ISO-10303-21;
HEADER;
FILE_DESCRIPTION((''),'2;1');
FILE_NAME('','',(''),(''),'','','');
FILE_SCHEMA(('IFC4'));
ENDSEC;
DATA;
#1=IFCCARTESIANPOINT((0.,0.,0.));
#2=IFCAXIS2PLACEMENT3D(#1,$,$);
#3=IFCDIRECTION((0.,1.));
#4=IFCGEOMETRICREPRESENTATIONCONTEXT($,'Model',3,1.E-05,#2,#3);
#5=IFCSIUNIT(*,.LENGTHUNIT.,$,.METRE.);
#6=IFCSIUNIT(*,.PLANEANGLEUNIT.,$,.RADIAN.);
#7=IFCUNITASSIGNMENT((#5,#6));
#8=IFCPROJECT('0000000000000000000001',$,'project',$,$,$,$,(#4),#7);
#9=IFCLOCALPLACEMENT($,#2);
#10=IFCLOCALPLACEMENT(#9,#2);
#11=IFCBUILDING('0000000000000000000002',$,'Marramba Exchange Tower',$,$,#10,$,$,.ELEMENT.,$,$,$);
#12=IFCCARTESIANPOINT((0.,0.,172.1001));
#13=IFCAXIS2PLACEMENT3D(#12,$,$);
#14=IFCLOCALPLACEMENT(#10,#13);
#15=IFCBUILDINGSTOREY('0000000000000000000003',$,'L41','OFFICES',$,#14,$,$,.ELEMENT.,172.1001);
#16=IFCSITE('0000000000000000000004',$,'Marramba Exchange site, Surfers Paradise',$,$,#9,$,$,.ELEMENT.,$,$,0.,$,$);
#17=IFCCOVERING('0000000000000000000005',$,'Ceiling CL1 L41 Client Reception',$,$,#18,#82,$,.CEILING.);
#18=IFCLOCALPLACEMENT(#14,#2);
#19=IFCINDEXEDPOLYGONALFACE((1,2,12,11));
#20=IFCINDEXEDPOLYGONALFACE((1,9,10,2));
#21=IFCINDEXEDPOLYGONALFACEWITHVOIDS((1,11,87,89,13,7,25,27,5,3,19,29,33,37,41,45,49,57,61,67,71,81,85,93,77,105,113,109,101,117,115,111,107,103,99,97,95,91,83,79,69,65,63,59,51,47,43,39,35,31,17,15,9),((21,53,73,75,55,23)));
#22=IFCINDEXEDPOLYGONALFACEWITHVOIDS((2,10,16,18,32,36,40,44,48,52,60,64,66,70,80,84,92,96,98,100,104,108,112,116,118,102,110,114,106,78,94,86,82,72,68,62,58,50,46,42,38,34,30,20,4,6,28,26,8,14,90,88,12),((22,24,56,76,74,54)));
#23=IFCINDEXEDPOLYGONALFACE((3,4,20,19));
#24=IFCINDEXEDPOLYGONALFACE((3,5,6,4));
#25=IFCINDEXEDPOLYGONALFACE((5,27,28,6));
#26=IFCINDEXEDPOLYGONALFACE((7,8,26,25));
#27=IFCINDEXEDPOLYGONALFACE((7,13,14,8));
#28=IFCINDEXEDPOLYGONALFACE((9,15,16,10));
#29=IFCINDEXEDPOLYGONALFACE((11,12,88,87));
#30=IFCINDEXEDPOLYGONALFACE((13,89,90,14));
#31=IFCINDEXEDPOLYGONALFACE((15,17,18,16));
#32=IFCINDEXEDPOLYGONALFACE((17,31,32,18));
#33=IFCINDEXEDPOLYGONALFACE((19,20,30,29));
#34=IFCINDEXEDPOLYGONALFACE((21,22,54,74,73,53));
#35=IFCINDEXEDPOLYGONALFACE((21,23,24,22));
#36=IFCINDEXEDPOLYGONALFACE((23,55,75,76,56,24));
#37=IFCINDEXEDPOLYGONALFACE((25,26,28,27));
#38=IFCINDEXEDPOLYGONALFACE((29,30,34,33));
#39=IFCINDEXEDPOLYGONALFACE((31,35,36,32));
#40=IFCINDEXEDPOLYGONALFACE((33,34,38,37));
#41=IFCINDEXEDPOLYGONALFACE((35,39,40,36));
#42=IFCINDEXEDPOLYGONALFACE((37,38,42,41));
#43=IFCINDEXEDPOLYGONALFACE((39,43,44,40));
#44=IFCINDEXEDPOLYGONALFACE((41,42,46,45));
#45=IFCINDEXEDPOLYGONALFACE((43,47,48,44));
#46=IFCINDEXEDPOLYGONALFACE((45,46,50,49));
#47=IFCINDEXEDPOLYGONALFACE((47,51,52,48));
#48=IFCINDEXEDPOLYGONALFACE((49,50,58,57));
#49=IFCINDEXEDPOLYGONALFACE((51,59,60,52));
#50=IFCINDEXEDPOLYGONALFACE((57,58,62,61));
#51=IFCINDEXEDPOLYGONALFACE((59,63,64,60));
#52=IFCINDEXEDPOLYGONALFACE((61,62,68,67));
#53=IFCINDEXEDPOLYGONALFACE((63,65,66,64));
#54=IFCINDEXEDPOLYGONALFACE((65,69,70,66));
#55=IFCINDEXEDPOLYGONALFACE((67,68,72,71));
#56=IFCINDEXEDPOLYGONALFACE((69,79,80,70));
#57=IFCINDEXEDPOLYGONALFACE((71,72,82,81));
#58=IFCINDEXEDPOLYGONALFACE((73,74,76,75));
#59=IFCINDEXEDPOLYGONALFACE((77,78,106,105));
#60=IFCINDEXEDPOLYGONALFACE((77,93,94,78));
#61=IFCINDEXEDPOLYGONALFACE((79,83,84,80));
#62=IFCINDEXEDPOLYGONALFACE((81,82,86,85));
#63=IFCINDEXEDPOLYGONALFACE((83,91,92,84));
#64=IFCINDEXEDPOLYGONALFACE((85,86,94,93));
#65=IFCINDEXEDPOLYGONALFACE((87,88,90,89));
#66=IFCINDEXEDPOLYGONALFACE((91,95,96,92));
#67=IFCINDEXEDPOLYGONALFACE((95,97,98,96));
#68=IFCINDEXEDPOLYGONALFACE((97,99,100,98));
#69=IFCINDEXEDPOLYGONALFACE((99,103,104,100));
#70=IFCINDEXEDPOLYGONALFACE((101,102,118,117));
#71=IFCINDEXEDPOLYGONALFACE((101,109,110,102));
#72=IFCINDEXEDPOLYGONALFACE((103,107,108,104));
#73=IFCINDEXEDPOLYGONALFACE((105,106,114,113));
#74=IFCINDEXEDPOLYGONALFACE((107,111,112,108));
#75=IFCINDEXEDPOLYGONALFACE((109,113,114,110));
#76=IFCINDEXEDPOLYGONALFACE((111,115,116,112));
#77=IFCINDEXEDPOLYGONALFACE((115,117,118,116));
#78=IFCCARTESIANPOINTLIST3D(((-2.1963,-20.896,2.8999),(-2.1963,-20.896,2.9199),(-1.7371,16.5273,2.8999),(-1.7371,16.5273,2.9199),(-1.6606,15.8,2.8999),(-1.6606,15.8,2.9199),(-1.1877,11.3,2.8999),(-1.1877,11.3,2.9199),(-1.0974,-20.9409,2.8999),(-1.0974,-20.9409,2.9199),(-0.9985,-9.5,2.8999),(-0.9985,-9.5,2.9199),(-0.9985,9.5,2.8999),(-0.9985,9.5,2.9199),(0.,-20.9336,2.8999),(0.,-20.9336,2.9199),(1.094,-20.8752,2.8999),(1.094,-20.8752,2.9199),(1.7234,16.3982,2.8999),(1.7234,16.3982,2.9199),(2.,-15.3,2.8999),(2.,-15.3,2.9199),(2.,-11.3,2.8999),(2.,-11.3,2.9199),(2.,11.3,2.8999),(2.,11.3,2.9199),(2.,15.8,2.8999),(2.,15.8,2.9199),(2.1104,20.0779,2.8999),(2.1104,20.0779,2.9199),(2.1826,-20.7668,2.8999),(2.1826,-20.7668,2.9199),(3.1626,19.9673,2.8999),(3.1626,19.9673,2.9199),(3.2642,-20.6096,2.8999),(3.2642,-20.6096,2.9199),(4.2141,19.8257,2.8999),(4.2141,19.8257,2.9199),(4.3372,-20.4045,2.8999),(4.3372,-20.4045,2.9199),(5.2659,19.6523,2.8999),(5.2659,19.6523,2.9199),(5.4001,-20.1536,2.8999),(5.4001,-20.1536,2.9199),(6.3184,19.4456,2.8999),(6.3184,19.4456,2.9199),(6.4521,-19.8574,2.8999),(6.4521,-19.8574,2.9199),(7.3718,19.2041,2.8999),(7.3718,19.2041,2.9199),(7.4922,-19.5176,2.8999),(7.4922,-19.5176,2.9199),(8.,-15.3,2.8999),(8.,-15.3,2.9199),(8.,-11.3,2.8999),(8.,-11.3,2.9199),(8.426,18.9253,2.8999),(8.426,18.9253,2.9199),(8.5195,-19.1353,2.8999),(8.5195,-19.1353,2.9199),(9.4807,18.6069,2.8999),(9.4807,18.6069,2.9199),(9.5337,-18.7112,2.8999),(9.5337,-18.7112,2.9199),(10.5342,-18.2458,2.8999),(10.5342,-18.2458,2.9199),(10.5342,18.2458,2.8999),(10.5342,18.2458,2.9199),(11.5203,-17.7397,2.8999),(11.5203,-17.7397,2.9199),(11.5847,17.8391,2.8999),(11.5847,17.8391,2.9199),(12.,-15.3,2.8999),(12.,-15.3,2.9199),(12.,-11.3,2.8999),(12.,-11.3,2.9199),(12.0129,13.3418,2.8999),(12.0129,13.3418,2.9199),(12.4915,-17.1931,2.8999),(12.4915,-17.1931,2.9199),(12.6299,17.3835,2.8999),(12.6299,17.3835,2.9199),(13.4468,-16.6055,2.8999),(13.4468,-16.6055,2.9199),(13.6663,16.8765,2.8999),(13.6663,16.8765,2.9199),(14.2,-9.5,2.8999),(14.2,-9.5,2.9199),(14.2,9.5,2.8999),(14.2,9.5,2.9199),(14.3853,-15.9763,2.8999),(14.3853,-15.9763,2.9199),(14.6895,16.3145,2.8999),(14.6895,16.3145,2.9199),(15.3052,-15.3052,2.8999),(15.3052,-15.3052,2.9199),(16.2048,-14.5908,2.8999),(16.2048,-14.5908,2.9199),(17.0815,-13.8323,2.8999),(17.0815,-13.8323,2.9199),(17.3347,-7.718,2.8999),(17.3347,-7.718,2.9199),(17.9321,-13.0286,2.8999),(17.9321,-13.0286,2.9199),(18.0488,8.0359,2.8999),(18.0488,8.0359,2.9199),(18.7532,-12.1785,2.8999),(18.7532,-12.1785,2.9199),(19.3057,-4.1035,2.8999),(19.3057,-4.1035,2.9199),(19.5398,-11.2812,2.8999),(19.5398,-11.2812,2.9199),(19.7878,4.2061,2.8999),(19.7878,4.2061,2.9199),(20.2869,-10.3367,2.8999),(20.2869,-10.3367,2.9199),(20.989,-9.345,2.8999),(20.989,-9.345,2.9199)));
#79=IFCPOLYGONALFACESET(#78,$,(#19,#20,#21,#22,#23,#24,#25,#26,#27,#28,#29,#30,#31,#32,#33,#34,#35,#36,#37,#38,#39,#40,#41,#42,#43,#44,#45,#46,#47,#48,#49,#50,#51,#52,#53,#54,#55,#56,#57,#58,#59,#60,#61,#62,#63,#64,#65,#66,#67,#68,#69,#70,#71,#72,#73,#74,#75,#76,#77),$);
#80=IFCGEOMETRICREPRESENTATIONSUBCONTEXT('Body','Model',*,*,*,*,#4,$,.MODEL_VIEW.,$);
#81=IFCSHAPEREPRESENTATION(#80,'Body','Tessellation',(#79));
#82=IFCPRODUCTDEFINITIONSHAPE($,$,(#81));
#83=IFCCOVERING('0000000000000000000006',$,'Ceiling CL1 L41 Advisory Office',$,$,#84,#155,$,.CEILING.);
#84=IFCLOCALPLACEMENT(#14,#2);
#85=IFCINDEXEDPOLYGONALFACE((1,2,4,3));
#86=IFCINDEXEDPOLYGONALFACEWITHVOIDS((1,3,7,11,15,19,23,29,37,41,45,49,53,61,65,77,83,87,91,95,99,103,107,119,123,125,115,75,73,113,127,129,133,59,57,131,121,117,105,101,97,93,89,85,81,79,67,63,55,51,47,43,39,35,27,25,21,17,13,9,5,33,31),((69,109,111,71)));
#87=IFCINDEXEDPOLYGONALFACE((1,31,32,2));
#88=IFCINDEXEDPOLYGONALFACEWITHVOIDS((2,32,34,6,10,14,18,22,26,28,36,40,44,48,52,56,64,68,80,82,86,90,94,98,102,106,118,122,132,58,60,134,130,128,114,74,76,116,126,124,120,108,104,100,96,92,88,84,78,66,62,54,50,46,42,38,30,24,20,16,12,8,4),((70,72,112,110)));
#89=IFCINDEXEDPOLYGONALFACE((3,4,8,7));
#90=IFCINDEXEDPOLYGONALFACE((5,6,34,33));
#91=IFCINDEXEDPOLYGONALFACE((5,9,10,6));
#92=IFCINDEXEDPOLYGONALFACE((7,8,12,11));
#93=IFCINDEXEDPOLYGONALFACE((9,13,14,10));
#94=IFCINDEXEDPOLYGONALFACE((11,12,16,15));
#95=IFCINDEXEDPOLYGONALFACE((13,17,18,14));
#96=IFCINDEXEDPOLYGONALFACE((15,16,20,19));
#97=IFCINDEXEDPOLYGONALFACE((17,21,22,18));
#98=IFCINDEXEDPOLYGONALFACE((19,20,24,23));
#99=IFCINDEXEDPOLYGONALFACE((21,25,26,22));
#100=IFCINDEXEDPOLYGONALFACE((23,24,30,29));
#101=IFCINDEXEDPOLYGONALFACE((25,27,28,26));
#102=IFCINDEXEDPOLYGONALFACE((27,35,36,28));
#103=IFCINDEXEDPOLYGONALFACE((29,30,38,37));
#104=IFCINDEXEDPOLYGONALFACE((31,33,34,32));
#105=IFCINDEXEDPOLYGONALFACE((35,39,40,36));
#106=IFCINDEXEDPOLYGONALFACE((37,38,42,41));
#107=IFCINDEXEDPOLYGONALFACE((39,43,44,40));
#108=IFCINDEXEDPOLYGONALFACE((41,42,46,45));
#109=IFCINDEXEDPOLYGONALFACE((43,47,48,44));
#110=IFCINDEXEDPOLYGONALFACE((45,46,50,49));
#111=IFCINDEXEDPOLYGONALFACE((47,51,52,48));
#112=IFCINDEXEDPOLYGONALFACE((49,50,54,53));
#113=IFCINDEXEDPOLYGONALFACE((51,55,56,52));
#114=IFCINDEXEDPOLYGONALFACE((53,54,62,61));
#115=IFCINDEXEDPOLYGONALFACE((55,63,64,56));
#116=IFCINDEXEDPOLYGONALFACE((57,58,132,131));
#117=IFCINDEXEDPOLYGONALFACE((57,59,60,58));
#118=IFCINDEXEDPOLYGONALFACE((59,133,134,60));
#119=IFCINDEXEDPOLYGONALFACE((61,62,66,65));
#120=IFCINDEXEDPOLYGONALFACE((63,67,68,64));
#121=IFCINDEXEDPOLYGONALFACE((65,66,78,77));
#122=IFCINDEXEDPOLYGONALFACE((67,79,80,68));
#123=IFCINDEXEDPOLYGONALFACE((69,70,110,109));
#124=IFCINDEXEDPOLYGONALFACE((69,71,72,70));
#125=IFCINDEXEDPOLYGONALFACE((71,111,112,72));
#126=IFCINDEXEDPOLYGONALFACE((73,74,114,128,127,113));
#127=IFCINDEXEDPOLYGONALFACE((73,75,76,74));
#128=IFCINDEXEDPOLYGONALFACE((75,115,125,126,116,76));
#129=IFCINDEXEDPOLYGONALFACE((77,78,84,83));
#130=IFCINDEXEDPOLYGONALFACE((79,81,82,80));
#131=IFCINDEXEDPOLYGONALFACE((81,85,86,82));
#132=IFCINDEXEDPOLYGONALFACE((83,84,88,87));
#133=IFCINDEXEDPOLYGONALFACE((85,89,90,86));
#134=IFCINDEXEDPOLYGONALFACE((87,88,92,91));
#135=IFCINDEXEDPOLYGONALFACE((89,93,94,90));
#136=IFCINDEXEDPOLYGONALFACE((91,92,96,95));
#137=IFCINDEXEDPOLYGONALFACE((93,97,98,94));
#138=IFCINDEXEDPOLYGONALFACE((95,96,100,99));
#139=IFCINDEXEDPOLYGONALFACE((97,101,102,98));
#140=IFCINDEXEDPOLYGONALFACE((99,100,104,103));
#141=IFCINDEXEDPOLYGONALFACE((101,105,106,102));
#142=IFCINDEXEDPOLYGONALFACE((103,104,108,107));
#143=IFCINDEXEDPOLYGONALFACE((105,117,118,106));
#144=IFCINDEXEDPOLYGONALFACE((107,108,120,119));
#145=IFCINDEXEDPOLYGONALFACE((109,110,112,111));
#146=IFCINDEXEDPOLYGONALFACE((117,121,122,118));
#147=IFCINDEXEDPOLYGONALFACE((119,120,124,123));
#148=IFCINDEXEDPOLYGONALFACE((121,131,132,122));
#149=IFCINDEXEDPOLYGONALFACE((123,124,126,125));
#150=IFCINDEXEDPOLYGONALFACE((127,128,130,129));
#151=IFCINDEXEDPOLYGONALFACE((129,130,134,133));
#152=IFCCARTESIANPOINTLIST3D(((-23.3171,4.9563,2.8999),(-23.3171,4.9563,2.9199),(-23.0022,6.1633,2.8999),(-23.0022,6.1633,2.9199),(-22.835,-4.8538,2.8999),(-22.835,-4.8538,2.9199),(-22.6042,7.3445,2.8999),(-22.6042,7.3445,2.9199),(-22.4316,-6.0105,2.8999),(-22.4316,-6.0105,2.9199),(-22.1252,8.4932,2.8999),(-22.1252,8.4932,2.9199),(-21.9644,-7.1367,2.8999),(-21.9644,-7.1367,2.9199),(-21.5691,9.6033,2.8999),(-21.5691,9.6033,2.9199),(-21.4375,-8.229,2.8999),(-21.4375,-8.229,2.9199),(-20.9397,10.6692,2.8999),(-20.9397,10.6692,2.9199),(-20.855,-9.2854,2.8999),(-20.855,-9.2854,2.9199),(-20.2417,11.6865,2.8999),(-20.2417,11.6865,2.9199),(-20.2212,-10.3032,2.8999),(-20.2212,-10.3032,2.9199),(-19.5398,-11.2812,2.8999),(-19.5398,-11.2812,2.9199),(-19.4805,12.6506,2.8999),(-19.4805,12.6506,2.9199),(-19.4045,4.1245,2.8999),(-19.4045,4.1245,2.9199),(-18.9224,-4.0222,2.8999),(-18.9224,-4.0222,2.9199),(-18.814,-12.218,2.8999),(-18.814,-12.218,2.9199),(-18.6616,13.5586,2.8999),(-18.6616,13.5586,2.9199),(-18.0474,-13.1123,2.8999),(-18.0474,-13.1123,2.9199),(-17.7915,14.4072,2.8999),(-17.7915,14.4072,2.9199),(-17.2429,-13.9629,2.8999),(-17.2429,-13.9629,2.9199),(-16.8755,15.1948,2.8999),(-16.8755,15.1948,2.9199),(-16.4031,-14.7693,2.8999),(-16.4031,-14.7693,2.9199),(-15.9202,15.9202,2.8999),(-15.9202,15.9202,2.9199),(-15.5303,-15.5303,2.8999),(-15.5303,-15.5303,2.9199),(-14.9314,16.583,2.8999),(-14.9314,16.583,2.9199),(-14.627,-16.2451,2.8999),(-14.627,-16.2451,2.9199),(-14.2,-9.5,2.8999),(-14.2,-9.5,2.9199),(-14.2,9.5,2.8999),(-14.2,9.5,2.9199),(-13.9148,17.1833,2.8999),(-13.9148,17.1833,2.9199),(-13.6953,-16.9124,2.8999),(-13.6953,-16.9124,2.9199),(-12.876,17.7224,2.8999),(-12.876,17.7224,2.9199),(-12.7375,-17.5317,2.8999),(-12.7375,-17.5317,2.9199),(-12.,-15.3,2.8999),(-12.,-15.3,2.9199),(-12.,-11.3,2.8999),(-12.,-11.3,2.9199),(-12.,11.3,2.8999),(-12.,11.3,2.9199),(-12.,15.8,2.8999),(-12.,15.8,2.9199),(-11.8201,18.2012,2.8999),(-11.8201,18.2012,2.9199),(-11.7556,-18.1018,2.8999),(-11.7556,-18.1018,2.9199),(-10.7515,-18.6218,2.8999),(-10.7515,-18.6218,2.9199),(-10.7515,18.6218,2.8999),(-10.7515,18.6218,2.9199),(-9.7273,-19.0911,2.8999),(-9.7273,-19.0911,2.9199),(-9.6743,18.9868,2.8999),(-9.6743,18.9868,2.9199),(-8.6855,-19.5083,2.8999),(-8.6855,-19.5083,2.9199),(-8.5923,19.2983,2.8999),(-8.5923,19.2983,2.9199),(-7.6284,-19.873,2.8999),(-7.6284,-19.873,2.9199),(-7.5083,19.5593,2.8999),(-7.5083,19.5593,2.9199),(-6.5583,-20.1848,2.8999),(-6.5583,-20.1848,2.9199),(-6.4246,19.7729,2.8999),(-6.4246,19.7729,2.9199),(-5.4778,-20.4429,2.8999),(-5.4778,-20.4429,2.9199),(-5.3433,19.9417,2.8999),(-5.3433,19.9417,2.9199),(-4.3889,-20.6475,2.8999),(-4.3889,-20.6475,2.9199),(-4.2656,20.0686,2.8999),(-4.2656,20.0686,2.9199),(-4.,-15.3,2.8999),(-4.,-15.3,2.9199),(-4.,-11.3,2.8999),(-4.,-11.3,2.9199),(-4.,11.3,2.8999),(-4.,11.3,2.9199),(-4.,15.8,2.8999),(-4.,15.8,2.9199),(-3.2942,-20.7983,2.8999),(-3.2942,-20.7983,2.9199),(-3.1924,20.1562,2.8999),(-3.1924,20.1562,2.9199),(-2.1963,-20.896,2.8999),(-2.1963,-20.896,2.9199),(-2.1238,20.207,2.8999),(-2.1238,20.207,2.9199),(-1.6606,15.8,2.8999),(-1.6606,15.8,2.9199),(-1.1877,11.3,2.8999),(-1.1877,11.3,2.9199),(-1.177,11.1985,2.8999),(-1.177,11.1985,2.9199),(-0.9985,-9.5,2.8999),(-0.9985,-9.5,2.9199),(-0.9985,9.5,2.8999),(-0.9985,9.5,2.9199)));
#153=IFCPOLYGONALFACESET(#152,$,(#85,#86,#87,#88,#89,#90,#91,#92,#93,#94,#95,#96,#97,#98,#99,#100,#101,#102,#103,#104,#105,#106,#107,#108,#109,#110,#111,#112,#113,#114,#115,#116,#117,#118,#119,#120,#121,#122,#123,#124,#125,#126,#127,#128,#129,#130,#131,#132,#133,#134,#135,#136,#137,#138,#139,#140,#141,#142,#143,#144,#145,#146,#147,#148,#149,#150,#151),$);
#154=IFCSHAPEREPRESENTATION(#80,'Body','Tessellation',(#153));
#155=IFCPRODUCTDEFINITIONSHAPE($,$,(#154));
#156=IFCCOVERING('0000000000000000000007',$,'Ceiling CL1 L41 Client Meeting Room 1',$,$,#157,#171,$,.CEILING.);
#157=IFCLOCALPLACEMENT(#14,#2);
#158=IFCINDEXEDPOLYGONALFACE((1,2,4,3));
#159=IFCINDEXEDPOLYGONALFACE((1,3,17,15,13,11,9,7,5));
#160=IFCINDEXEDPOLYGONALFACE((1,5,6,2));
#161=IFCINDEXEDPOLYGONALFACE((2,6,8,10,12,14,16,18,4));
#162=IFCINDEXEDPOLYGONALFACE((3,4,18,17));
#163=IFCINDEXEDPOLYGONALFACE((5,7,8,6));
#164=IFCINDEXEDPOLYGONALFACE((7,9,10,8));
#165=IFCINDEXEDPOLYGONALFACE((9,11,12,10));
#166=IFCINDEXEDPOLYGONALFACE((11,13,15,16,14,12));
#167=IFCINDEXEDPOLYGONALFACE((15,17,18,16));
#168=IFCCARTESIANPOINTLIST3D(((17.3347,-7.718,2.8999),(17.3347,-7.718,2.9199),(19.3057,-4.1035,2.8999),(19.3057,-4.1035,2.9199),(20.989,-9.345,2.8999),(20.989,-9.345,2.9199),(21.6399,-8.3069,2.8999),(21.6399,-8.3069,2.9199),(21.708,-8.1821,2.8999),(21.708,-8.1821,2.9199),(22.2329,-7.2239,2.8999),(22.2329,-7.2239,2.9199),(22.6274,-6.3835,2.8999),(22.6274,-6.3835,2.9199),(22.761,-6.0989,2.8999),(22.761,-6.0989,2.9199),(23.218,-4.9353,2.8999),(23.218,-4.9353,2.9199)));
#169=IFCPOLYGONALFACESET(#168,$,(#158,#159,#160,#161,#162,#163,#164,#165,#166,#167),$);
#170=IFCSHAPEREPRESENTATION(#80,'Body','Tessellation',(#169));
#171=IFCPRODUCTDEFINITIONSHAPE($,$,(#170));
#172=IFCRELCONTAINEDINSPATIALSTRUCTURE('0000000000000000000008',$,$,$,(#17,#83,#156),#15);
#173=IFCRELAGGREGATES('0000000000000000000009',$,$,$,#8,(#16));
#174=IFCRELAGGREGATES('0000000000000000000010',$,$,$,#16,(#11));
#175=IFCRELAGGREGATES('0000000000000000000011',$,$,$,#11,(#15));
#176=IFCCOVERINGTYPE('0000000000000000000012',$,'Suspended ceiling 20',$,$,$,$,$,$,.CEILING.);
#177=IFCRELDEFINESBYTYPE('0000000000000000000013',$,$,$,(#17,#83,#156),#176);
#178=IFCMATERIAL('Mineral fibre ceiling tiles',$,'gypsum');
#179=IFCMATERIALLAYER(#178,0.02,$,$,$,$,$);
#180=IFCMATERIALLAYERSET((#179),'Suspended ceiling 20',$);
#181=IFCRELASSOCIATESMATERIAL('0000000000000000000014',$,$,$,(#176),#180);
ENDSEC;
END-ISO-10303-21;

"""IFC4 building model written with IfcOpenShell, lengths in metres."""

from ifc_helpers import new_model, si_unit, direction, frame, origin, place, context, subcontext, project, spatial, polyline, outline, extrude, material, layer, layer_set, type_object, element, save


model = new_model("IFC4")

# Units and contexts
model_context = context("Model", 3, precision=1e-05, world=origin(), true_north=direction((0.0, 1.0)))
body_context = subcontext(model_context, "Body", "Model", "MODEL_VIEW")
ifc_project = project(units=[si_unit("LENGTHUNIT", "METRE"), si_unit("PLANEANGLEUNIT", "RADIAN")], contexts=[model_context])

# Site, building, storey
site_placement = place(None, origin())
site = spatial("IfcSite", under=ifc_project, at=site_placement, Name="Marramba Exchange site, Surfers Paradise", CompositionType="ELEMENT", RefElevation=0.0)
building_placement = place(site_placement, origin())
building = spatial("IfcBuilding", under=site, at=building_placement, Name="Marramba Exchange Tower", CompositionType="ELEMENT")
storey_placement = place(building_placement, frame((0.0, 0.0, 172.1001)))
storey = spatial("IfcBuildingStorey", under=building, at=storey_placement, Name="L41", Description="OFFICES", CompositionType="ELEMENT", Elevation=172.1001)

# Coverings
ifc_material_1 = material(Name="Mineral fibre ceiling tiles", Category="gypsum")
ifc_layer_1 = layer(ifc_material_1, 0.02)
ifc_layer_set_1 = layer_set([ifc_layer_1], Name="Suspended ceiling 20")
covering_type = type_object("IfcCoveringType", Name="Suspended ceiling 20", PredefinedType="CEILING", material=ifc_layer_set_1)
covering_1_placement = place(storey_placement, frame((0.0, 0.0, 2.8999)))
element("IfcCovering", 1, at=covering_1_placement, inside=storey, type_object=covering_type, Name="Ceiling CL1 L41 Client Reception", PredefinedType="CEILING", context=body_context, shape_type="SweptSolid", body=[
    extrude(outline(polyline([(14.2, 9.5), (-0.9985, 9.5), (-1.1877, 11.3), (2.0, 11.3), (2.0, 15.8), (-1.6606, 15.8), (-1.7371, 16.5273), (1.7234, 16.3982), (2.1104, 20.0779), (3.1626, 19.9673), (4.2141, 19.8257), (5.2659, 19.6523), (6.3184, 19.4456), (7.3718, 19.2041), (8.426, 18.9253), (9.4807, 18.6069), (10.5342, 18.2458), (11.5847, 17.8391), (12.6299, 17.3835), (13.6663, 16.8765), (14.6895, 16.3145), (12.0129, 13.3418), (18.0488, 8.0359), (19.7878, 4.2061), (19.3057, -4.1035), (17.3347, -7.718), (20.989, -9.345), (20.2869, -10.3367), (19.5398, -11.2812), (18.7532, -12.1785), (17.9321, -13.0286), (17.0815, -13.8323), (16.2048, -14.5908), (15.3052, -15.3052), (14.3853, -15.9763), (13.4468, -16.6055), (12.4915, -17.1931), (11.5203, -17.7397), (10.5342, -18.2458), (9.5337, -18.7112), (8.5195, -19.1353), (7.4922, -19.5176), (6.4521, -19.8574), (5.4001, -20.1536), (4.3372, -20.4045), (3.2642, -20.6096), (2.1826, -20.7668), (1.094, -20.8752), (0.0, -20.9336), (-1.0974, -20.9409), (-2.1963, -20.896), (-0.9985, -9.5), (14.2, -9.5), (14.2, 9.5)]), holes=[polyline([(2.0, -11.3), (2.0, -15.3), (8.0, -15.3), (12.0, -15.3), (12.0, -11.3), (8.0, -11.3), (2.0, -11.3)])]), origin(), (0.0, 0.0, 1.0), 0.02),
])
covering_2_placement = place(storey_placement, frame((0.0, 0.0, 2.8999)))
element("IfcCovering", 2, at=covering_2_placement, inside=storey, type_object=covering_type, Name="Ceiling CL1 L41 Advisory Office", PredefinedType="CEILING", context=body_context, shape_type="SweptSolid", body=[
    extrude(outline(polyline([(-14.2, 9.5), (-14.2, -9.5), (-0.9985, -9.5), (-2.1963, -20.896), (-3.2942, -20.7983), (-4.3889, -20.6475), (-5.4778, -20.4429), (-6.5583, -20.1848), (-7.6284, -19.873), (-8.6855, -19.5083), (-9.7273, -19.0911), (-10.7515, -18.6218), (-11.7556, -18.1018), (-12.7375, -17.5317), (-13.6953, -16.9124), (-14.627, -16.2451), (-15.5303, -15.5303), (-16.4031, -14.7693), (-17.2429, -13.9629), (-18.0474, -13.1123), (-18.814, -12.218), (-19.5398, -11.2812), (-20.2212, -10.3032), (-20.855, -9.2854), (-21.4375, -8.229), (-21.9644, -7.1367), (-22.4316, -6.0105), (-22.835, -4.8538), (-18.9224, -4.0222), (-19.4045, 4.1245), (-23.3171, 4.9563), (-23.0022, 6.1633), (-22.6042, 7.3445), (-22.1252, 8.4932), (-21.5691, 9.6033), (-20.9397, 10.6692), (-20.2417, 11.6865), (-19.4805, 12.6506), (-18.6616, 13.5586), (-17.7915, 14.4072), (-16.8755, 15.1948), (-15.9202, 15.9202), (-14.9314, 16.583), (-13.9148, 17.1833), (-12.876, 17.7224), (-11.8201, 18.2012), (-10.7515, 18.6218), (-9.6743, 18.9868), (-8.5923, 19.2983), (-7.5083, 19.5593), (-6.4246, 19.7729), (-5.3433, 19.9417), (-4.2656, 20.0686), (-3.1924, 20.1562), (-2.1238, 20.207), (-1.6606, 15.8), (-4.0, 15.8), (-12.0, 15.8), (-12.0, 11.3), (-4.0, 11.3), (-1.1877, 11.3), (-1.177, 11.1985), (-0.9985, 9.5), (-14.2, 9.5)]), holes=[polyline([(-12.0, -15.3), (-4.0, -15.3), (-4.0, -11.3), (-12.0, -11.3), (-12.0, -15.3)])]), origin(), (0.0, 0.0, 1.0), 0.02),
])
covering_3_placement = place(storey_placement, frame((0.0, 0.0, 2.8999)))
element("IfcCovering", 3, at=covering_3_placement, inside=storey, type_object=covering_type, Name="Ceiling CL1 L41 Client Meeting Room 1", PredefinedType="CEILING", context=body_context, shape_type="SweptSolid", body=[
    extrude(outline(polyline([(22.761, -6.0989), (22.6274, -6.3835), (22.2329, -7.2239), (21.708, -8.1821), (21.6399, -8.3069), (20.989, -9.345), (17.3347, -7.718), (19.3057, -4.1035), (23.218, -4.9353), (22.761, -6.0989)])), origin(), (0.0, 0.0, 1.0), 0.02),
])

save(model, "model.ifc")
